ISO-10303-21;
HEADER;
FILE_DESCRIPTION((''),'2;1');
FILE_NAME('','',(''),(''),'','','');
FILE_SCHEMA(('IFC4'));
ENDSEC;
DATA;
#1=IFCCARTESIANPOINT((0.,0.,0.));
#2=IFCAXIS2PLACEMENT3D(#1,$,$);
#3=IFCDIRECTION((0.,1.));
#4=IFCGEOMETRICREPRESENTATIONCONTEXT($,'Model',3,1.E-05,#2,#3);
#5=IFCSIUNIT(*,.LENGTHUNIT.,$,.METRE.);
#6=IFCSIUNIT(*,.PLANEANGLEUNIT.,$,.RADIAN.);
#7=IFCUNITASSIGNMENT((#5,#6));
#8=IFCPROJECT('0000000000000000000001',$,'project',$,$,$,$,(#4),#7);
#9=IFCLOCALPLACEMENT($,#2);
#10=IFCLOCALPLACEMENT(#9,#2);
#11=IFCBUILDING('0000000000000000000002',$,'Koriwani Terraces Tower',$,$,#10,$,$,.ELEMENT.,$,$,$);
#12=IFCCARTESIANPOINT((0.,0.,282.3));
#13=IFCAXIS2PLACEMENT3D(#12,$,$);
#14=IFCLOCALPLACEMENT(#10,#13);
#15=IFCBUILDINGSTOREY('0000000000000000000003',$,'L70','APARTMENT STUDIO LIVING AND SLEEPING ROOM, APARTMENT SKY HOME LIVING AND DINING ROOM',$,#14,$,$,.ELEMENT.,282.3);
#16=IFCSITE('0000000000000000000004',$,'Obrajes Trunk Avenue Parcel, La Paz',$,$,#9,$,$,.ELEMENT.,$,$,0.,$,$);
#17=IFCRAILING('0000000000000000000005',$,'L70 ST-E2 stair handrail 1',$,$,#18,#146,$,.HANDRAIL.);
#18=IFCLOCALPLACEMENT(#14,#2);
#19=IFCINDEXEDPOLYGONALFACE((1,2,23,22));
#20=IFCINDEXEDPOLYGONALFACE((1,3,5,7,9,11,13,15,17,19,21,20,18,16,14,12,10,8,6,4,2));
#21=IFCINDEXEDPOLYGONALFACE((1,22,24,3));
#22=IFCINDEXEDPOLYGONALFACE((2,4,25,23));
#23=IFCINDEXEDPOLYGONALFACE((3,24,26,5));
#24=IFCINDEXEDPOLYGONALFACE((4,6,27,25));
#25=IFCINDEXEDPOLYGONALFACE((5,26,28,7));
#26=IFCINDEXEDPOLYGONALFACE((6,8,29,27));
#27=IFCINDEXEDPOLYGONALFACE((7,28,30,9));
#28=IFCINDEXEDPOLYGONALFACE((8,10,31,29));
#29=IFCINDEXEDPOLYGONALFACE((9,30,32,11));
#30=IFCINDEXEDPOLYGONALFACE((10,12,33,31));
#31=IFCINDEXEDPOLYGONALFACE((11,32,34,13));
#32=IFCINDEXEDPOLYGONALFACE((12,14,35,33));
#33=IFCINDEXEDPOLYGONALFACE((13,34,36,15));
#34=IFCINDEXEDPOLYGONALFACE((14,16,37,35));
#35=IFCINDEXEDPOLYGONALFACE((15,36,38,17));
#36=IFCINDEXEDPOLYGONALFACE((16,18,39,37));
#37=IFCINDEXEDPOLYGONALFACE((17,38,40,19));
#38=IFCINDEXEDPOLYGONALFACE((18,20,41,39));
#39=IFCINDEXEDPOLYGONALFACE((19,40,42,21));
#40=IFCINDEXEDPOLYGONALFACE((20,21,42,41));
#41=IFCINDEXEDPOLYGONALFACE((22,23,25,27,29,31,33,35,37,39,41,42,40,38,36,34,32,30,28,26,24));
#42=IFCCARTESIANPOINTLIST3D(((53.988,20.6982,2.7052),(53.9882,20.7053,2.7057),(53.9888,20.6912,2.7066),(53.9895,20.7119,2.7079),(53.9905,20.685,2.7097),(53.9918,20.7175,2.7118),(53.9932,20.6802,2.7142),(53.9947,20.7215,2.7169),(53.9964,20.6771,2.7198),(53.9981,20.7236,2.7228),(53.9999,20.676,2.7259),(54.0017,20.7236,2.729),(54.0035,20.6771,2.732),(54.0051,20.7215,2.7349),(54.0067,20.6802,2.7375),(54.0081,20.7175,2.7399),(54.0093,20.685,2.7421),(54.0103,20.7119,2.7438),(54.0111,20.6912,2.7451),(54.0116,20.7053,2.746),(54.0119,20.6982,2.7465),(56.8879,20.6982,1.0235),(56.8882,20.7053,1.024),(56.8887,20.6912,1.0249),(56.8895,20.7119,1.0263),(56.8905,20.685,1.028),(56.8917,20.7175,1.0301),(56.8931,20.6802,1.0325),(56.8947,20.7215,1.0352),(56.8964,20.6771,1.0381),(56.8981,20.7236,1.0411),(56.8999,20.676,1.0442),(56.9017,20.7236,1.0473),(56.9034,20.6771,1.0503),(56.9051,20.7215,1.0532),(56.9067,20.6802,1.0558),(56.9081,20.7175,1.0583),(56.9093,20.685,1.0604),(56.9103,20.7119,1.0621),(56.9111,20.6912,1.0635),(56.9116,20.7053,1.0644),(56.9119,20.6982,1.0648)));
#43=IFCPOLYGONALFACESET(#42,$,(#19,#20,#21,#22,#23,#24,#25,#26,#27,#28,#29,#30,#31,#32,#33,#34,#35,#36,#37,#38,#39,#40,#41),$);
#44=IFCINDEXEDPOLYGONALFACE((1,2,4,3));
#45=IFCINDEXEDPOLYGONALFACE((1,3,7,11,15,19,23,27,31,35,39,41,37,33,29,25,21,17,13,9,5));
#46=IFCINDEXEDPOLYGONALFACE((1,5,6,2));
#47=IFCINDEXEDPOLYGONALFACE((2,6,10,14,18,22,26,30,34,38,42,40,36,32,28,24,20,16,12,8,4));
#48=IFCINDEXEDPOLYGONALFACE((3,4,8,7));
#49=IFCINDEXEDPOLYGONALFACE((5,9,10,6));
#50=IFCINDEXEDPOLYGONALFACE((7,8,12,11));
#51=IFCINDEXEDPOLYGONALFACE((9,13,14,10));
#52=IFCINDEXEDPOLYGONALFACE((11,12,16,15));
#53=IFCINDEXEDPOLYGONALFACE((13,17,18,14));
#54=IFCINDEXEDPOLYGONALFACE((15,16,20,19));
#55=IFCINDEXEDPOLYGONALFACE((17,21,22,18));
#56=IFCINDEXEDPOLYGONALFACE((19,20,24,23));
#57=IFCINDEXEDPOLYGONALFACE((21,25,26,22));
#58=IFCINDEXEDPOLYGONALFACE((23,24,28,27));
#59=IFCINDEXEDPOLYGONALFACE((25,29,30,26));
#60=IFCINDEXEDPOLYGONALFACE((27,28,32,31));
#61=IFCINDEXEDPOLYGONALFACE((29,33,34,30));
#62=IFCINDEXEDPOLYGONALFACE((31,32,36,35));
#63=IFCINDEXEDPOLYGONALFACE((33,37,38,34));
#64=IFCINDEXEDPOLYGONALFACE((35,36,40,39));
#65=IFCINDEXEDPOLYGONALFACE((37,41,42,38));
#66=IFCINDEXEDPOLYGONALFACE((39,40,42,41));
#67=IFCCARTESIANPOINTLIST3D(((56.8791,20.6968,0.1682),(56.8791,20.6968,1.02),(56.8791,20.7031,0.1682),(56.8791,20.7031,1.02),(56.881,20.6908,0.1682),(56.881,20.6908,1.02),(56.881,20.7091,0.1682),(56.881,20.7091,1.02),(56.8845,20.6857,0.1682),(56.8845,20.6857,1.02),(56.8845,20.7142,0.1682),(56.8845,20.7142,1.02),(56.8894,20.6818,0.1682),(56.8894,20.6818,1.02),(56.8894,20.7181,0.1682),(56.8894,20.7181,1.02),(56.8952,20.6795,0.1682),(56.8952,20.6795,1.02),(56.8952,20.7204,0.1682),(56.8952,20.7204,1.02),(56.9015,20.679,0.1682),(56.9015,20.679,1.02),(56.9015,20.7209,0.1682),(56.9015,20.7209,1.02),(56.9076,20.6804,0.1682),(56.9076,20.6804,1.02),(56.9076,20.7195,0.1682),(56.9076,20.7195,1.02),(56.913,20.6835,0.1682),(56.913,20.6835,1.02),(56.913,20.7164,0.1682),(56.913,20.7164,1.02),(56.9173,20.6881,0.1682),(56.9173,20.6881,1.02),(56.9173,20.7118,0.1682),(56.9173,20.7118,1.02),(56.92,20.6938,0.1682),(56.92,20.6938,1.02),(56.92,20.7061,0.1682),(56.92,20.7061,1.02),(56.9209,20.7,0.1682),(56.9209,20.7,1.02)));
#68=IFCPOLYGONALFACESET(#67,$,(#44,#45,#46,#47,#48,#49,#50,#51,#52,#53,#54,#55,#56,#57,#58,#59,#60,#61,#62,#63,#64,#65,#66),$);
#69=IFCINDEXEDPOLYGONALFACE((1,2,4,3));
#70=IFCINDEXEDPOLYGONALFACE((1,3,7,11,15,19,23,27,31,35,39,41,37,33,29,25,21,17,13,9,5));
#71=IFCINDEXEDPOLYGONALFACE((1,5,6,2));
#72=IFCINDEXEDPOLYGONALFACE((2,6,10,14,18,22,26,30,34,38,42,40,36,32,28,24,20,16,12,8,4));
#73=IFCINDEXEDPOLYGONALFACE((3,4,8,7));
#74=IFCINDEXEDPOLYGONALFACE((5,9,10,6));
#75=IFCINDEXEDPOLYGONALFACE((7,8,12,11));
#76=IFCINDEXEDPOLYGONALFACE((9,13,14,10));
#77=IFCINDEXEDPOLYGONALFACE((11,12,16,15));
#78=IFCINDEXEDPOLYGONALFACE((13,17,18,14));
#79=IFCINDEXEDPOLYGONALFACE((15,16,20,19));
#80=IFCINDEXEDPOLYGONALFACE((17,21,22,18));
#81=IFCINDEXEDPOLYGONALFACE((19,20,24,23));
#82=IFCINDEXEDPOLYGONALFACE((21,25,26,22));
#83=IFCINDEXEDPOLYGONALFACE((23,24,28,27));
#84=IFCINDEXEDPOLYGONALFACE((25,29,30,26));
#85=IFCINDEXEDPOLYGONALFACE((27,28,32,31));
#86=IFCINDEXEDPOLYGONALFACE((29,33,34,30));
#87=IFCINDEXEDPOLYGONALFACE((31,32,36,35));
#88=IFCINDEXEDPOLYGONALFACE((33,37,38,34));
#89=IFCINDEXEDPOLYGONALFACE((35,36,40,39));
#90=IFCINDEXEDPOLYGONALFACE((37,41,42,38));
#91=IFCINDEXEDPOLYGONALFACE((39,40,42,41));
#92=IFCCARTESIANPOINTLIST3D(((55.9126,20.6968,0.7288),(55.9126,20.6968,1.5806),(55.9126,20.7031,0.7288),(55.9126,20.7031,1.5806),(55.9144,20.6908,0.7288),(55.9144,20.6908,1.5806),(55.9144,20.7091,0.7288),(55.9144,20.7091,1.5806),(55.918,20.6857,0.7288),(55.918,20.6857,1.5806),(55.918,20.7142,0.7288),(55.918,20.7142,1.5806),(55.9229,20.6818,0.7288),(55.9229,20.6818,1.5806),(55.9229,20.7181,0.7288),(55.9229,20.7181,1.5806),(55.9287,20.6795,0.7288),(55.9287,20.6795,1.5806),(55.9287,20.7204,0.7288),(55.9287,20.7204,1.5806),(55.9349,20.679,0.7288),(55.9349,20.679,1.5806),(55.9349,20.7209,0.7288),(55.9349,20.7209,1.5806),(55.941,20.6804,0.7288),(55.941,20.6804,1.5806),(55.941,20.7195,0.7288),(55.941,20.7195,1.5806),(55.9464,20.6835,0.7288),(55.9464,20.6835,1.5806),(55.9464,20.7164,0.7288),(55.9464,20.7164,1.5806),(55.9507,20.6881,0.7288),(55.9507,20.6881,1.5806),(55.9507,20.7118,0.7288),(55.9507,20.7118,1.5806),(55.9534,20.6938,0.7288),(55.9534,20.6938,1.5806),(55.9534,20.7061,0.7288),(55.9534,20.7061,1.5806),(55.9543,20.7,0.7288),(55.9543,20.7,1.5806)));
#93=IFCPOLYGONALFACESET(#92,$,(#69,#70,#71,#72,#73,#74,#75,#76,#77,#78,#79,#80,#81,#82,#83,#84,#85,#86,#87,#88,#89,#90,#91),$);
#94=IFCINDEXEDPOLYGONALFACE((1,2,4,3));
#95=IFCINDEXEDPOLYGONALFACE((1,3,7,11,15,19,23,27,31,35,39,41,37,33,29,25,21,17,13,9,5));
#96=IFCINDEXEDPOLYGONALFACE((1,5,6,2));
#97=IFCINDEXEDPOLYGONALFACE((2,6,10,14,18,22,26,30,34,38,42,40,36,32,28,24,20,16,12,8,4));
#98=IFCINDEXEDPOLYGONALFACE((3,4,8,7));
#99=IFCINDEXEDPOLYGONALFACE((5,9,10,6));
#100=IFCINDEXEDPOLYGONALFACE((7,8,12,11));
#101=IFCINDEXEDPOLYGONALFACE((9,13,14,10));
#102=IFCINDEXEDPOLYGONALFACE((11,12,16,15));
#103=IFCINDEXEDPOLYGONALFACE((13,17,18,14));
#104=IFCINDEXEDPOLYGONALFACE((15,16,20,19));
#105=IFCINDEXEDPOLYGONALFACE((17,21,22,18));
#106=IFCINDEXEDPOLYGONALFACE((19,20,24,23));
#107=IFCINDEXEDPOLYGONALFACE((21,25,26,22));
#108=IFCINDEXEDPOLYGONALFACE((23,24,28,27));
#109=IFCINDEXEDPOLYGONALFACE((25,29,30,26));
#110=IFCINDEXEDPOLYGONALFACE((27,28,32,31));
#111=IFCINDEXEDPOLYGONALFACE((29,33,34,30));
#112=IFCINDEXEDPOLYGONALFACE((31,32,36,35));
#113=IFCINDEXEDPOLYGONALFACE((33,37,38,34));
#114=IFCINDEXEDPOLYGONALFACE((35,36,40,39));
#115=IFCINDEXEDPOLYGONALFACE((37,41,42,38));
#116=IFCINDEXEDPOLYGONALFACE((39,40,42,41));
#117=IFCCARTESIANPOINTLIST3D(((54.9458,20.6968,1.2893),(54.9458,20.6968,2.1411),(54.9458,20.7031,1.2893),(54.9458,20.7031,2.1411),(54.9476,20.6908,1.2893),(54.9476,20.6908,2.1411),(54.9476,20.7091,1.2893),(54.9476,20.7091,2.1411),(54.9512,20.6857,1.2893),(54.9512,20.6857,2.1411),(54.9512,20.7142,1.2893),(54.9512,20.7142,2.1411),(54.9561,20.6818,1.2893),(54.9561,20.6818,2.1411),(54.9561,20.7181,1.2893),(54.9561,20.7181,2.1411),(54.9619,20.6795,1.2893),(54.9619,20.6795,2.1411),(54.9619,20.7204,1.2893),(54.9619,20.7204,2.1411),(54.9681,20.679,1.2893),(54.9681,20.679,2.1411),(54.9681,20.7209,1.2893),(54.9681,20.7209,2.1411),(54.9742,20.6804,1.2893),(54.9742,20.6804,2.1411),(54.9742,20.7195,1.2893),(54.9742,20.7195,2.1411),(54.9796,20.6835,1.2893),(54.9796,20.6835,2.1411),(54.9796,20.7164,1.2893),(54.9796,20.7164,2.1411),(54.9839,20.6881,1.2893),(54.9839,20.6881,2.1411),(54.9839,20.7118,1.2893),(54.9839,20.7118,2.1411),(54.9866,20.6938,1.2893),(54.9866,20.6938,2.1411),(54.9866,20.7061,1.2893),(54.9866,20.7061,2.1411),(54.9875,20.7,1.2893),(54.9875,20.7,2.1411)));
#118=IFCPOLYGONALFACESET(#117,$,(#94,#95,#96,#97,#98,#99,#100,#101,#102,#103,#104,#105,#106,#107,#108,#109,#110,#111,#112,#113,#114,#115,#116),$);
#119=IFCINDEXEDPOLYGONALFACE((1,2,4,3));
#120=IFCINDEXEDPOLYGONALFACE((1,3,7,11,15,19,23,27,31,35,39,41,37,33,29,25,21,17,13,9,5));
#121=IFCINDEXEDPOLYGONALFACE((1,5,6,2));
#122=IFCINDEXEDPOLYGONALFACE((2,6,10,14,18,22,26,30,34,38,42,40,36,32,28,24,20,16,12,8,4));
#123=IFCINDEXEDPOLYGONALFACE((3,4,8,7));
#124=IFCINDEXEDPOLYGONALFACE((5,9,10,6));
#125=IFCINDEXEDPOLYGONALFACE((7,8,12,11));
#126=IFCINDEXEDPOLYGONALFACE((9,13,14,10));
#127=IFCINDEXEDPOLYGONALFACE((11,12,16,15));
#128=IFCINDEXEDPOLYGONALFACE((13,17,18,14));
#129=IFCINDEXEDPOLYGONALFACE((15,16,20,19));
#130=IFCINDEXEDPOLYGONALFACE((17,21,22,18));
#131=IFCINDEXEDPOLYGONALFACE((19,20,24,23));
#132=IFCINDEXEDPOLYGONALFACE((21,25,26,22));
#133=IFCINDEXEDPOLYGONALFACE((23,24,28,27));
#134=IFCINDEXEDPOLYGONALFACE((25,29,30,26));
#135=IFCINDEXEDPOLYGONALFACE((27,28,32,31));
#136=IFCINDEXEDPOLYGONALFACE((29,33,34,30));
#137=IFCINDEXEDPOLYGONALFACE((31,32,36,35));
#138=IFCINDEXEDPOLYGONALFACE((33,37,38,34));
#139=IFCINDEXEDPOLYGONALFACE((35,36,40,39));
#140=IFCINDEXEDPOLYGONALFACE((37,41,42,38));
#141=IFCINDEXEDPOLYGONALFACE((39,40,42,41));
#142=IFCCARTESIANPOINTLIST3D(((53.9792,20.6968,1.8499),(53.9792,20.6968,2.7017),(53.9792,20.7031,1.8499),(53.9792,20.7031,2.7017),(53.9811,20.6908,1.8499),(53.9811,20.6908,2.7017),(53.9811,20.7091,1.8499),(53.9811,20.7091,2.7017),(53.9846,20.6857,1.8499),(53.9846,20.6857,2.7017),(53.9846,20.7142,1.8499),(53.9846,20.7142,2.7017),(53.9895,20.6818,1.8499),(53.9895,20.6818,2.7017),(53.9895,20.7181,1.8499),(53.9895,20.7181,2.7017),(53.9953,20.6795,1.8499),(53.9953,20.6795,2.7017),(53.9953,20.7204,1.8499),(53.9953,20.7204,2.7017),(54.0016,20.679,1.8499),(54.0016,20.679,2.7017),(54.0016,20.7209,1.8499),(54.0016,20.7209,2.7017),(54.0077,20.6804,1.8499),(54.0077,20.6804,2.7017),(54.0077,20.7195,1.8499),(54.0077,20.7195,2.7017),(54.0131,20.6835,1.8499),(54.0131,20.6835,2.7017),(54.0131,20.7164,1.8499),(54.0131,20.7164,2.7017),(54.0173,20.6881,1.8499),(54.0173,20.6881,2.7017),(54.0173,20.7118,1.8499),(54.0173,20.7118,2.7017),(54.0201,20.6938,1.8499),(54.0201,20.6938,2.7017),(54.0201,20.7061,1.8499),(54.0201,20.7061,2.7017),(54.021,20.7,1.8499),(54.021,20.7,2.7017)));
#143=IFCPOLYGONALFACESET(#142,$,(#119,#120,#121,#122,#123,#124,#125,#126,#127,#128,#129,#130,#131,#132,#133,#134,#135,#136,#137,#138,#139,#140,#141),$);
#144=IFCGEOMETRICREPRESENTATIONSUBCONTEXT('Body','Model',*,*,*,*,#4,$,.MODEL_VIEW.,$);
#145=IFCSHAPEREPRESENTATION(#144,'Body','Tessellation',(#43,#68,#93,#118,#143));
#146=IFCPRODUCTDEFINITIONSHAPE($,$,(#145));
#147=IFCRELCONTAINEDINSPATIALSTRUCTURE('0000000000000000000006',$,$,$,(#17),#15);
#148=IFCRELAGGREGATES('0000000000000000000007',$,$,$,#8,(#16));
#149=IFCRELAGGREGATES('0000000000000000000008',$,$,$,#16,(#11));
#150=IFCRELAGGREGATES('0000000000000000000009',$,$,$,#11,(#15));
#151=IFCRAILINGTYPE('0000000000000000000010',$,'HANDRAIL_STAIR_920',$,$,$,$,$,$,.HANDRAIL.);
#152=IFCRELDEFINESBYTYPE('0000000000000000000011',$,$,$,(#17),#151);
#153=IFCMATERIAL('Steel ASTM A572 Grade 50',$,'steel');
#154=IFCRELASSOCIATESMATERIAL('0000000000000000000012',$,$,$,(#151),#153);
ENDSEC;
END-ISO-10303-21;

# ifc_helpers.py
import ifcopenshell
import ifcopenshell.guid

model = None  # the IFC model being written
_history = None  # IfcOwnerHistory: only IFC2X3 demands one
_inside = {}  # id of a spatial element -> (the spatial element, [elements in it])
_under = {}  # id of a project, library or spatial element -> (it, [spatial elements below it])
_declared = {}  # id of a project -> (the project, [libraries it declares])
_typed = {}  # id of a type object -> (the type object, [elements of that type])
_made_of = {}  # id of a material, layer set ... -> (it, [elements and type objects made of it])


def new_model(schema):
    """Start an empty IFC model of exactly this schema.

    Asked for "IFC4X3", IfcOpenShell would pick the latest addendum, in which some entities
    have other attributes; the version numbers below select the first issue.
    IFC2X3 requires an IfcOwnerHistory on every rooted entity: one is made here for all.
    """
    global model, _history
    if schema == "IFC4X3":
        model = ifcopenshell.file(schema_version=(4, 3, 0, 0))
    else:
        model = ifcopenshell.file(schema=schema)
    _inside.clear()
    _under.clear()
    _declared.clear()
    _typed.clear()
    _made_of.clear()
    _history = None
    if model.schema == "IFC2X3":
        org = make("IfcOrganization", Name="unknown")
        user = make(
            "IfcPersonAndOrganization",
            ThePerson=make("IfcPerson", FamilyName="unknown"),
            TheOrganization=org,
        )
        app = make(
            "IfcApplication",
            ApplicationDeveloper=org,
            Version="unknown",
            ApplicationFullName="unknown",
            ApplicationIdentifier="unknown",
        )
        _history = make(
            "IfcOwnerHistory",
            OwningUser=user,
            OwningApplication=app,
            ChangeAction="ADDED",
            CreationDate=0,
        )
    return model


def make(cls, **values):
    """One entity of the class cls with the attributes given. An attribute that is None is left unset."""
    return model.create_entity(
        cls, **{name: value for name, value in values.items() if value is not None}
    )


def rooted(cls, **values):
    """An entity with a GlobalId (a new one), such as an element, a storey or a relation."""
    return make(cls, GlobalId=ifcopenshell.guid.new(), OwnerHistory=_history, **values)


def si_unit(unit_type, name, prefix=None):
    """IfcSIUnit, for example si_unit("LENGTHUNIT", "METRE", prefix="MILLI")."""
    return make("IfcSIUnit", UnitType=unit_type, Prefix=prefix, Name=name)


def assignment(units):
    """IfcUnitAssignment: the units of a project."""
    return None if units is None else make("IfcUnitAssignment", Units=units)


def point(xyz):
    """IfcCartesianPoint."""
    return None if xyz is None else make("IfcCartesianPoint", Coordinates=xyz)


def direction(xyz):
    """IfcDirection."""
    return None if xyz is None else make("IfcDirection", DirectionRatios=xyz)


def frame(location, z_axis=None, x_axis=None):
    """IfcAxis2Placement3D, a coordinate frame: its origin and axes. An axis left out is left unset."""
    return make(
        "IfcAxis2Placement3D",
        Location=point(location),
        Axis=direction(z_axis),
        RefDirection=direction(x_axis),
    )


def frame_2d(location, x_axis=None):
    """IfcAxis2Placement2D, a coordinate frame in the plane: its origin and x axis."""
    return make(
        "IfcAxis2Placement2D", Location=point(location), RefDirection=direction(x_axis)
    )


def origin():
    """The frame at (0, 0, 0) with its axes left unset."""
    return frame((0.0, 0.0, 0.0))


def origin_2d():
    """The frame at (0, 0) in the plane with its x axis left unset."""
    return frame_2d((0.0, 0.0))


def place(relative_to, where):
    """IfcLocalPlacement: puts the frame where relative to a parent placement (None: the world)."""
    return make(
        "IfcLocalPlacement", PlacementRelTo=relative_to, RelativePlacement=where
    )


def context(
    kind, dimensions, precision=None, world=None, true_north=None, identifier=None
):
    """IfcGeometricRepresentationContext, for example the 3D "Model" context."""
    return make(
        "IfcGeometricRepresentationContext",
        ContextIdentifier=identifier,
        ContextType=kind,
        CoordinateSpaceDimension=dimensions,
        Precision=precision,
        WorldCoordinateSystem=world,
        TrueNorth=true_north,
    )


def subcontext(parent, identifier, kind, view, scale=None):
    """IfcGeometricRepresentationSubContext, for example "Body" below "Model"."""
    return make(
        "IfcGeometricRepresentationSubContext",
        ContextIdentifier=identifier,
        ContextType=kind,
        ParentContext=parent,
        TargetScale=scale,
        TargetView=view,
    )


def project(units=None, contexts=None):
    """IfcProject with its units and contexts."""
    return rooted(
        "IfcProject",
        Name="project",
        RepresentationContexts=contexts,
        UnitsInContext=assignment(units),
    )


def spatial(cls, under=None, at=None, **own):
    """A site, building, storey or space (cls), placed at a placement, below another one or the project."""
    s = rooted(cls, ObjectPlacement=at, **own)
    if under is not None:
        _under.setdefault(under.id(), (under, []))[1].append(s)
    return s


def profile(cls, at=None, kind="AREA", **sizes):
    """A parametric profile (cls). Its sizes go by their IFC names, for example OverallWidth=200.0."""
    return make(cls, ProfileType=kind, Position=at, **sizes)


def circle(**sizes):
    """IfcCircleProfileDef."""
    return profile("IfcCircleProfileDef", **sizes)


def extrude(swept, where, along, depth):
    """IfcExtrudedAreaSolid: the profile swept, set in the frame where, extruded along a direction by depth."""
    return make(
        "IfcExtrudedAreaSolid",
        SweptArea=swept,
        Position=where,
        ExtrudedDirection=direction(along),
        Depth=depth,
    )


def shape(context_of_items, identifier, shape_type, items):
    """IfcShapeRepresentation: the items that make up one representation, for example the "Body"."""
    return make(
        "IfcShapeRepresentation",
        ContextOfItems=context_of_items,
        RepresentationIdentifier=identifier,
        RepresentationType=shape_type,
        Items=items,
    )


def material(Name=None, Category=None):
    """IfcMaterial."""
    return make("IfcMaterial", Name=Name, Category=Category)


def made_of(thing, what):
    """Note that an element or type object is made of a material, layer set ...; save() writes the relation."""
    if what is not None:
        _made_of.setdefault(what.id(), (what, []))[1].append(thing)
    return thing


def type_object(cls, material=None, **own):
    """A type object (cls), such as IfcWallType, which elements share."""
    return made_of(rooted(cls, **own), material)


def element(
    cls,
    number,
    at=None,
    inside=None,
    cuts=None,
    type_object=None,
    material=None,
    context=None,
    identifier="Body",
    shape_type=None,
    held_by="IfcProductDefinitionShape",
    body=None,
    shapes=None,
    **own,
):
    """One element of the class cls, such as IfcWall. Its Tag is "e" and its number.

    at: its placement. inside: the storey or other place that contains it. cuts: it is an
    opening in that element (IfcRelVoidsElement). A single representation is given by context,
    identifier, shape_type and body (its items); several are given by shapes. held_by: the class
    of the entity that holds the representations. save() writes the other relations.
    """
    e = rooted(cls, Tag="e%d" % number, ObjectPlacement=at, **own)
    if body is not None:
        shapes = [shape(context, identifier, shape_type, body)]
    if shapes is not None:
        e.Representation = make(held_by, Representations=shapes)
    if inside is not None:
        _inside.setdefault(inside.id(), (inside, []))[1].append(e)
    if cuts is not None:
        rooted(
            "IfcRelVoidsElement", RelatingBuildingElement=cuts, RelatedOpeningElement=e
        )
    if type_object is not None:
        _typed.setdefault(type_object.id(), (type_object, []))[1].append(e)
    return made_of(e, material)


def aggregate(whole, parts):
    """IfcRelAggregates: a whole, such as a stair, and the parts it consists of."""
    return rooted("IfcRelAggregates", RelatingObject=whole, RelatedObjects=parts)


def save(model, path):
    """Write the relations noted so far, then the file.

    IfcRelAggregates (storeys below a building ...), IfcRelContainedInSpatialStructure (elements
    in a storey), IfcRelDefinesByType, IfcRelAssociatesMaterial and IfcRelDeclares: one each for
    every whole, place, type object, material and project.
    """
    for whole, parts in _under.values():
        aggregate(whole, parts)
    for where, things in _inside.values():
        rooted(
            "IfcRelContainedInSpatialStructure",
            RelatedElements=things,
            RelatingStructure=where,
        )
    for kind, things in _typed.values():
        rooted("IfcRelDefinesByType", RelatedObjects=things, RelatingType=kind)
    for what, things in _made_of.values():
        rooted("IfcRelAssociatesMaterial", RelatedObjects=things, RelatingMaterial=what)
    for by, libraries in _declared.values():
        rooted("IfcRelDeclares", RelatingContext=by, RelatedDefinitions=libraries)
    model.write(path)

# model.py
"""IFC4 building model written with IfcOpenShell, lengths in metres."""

from ifc_helpers import new_model, si_unit, direction, frame, origin, origin_2d, place, context, subcontext, project, spatial, circle, extrude, material, type_object, element, save


model = new_model("IFC4")

# Units and contexts
model_context = context("Model", 3, precision=1e-05, world=origin(), true_north=direction((0.0, 1.0)))
body_context = subcontext(model_context, "Body", "Model", "MODEL_VIEW")
ifc_project = project(units=[si_unit("LENGTHUNIT", "METRE"), si_unit("PLANEANGLEUNIT", "RADIAN")], contexts=[model_context])

# Site, building, storey
site_placement = place(None, origin())
site = spatial("IfcSite", under=ifc_project, at=site_placement, Name="Obrajes Trunk Avenue Parcel, La Paz", CompositionType="ELEMENT", RefElevation=0.0)
building_placement = place(site_placement, origin())
building = spatial("IfcBuilding", under=site, at=building_placement, Name="Koriwani Terraces Tower", CompositionType="ELEMENT")
storey_placement = place(building_placement, frame((0.0, 0.0, 282.3)))
storey = spatial("IfcBuildingStorey", under=building, at=storey_placement, Name="L70", Description="APARTMENT STUDIO LIVING AND SLEEPING ROOM, APARTMENT SKY HOME LIVING AND DINING ROOM", CompositionType="ELEMENT", Elevation=282.3)

# Shared definitions
ifc_material_1 = material(Name="Steel ASTM A572 Grade 50", Category="steel")

# Railing
railing_type_1 = type_object("IfcRailingType", Name="HANDRAIL_STAIR_920", PredefinedType="HANDRAIL", material=ifc_material_1)
railing_1_placement = place(storey_placement, frame((56.8999, 20.7, 0.1682)))
element("IfcRailing", 1, at=railing_1_placement, inside=storey, type_object=railing_type_1, Name="L70 ST-E2 stair handrail 1", PredefinedType="HANDRAIL", context=body_context, shape_type="SweptSolid", body=[
    extrude(circle(Radius=0.0239, at=origin_2d()), frame((0.0, 0.0, 0.876), z_axis=(-0.86507, 0.0, 0.501651), x_axis=(0.0, -1.0, 0.0)), (0.0, 0.0, 1.0), 3.3523),
    extrude(circle(Radius=0.021, at=origin_2d()), origin(), (0.0, 0.0, 1.0), 0.8518),
    extrude(circle(Radius=0.021, at=origin_2d()), frame((-0.9666, 0.0, 0.5605)), (0.0, 0.0, 1.0), 0.8518),
    extrude(circle(Radius=0.021, at=origin_2d()), frame((-1.9333, 0.0, 1.1211)), (0.0, 0.0, 1.0), 0.8518),
    extrude(circle(Radius=0.021, at=origin_2d()), frame((-2.8999, 0.0, 1.6816)), (0.0, 0.0, 1.0), 0.8518),
])

save(model, "model.ifc")
